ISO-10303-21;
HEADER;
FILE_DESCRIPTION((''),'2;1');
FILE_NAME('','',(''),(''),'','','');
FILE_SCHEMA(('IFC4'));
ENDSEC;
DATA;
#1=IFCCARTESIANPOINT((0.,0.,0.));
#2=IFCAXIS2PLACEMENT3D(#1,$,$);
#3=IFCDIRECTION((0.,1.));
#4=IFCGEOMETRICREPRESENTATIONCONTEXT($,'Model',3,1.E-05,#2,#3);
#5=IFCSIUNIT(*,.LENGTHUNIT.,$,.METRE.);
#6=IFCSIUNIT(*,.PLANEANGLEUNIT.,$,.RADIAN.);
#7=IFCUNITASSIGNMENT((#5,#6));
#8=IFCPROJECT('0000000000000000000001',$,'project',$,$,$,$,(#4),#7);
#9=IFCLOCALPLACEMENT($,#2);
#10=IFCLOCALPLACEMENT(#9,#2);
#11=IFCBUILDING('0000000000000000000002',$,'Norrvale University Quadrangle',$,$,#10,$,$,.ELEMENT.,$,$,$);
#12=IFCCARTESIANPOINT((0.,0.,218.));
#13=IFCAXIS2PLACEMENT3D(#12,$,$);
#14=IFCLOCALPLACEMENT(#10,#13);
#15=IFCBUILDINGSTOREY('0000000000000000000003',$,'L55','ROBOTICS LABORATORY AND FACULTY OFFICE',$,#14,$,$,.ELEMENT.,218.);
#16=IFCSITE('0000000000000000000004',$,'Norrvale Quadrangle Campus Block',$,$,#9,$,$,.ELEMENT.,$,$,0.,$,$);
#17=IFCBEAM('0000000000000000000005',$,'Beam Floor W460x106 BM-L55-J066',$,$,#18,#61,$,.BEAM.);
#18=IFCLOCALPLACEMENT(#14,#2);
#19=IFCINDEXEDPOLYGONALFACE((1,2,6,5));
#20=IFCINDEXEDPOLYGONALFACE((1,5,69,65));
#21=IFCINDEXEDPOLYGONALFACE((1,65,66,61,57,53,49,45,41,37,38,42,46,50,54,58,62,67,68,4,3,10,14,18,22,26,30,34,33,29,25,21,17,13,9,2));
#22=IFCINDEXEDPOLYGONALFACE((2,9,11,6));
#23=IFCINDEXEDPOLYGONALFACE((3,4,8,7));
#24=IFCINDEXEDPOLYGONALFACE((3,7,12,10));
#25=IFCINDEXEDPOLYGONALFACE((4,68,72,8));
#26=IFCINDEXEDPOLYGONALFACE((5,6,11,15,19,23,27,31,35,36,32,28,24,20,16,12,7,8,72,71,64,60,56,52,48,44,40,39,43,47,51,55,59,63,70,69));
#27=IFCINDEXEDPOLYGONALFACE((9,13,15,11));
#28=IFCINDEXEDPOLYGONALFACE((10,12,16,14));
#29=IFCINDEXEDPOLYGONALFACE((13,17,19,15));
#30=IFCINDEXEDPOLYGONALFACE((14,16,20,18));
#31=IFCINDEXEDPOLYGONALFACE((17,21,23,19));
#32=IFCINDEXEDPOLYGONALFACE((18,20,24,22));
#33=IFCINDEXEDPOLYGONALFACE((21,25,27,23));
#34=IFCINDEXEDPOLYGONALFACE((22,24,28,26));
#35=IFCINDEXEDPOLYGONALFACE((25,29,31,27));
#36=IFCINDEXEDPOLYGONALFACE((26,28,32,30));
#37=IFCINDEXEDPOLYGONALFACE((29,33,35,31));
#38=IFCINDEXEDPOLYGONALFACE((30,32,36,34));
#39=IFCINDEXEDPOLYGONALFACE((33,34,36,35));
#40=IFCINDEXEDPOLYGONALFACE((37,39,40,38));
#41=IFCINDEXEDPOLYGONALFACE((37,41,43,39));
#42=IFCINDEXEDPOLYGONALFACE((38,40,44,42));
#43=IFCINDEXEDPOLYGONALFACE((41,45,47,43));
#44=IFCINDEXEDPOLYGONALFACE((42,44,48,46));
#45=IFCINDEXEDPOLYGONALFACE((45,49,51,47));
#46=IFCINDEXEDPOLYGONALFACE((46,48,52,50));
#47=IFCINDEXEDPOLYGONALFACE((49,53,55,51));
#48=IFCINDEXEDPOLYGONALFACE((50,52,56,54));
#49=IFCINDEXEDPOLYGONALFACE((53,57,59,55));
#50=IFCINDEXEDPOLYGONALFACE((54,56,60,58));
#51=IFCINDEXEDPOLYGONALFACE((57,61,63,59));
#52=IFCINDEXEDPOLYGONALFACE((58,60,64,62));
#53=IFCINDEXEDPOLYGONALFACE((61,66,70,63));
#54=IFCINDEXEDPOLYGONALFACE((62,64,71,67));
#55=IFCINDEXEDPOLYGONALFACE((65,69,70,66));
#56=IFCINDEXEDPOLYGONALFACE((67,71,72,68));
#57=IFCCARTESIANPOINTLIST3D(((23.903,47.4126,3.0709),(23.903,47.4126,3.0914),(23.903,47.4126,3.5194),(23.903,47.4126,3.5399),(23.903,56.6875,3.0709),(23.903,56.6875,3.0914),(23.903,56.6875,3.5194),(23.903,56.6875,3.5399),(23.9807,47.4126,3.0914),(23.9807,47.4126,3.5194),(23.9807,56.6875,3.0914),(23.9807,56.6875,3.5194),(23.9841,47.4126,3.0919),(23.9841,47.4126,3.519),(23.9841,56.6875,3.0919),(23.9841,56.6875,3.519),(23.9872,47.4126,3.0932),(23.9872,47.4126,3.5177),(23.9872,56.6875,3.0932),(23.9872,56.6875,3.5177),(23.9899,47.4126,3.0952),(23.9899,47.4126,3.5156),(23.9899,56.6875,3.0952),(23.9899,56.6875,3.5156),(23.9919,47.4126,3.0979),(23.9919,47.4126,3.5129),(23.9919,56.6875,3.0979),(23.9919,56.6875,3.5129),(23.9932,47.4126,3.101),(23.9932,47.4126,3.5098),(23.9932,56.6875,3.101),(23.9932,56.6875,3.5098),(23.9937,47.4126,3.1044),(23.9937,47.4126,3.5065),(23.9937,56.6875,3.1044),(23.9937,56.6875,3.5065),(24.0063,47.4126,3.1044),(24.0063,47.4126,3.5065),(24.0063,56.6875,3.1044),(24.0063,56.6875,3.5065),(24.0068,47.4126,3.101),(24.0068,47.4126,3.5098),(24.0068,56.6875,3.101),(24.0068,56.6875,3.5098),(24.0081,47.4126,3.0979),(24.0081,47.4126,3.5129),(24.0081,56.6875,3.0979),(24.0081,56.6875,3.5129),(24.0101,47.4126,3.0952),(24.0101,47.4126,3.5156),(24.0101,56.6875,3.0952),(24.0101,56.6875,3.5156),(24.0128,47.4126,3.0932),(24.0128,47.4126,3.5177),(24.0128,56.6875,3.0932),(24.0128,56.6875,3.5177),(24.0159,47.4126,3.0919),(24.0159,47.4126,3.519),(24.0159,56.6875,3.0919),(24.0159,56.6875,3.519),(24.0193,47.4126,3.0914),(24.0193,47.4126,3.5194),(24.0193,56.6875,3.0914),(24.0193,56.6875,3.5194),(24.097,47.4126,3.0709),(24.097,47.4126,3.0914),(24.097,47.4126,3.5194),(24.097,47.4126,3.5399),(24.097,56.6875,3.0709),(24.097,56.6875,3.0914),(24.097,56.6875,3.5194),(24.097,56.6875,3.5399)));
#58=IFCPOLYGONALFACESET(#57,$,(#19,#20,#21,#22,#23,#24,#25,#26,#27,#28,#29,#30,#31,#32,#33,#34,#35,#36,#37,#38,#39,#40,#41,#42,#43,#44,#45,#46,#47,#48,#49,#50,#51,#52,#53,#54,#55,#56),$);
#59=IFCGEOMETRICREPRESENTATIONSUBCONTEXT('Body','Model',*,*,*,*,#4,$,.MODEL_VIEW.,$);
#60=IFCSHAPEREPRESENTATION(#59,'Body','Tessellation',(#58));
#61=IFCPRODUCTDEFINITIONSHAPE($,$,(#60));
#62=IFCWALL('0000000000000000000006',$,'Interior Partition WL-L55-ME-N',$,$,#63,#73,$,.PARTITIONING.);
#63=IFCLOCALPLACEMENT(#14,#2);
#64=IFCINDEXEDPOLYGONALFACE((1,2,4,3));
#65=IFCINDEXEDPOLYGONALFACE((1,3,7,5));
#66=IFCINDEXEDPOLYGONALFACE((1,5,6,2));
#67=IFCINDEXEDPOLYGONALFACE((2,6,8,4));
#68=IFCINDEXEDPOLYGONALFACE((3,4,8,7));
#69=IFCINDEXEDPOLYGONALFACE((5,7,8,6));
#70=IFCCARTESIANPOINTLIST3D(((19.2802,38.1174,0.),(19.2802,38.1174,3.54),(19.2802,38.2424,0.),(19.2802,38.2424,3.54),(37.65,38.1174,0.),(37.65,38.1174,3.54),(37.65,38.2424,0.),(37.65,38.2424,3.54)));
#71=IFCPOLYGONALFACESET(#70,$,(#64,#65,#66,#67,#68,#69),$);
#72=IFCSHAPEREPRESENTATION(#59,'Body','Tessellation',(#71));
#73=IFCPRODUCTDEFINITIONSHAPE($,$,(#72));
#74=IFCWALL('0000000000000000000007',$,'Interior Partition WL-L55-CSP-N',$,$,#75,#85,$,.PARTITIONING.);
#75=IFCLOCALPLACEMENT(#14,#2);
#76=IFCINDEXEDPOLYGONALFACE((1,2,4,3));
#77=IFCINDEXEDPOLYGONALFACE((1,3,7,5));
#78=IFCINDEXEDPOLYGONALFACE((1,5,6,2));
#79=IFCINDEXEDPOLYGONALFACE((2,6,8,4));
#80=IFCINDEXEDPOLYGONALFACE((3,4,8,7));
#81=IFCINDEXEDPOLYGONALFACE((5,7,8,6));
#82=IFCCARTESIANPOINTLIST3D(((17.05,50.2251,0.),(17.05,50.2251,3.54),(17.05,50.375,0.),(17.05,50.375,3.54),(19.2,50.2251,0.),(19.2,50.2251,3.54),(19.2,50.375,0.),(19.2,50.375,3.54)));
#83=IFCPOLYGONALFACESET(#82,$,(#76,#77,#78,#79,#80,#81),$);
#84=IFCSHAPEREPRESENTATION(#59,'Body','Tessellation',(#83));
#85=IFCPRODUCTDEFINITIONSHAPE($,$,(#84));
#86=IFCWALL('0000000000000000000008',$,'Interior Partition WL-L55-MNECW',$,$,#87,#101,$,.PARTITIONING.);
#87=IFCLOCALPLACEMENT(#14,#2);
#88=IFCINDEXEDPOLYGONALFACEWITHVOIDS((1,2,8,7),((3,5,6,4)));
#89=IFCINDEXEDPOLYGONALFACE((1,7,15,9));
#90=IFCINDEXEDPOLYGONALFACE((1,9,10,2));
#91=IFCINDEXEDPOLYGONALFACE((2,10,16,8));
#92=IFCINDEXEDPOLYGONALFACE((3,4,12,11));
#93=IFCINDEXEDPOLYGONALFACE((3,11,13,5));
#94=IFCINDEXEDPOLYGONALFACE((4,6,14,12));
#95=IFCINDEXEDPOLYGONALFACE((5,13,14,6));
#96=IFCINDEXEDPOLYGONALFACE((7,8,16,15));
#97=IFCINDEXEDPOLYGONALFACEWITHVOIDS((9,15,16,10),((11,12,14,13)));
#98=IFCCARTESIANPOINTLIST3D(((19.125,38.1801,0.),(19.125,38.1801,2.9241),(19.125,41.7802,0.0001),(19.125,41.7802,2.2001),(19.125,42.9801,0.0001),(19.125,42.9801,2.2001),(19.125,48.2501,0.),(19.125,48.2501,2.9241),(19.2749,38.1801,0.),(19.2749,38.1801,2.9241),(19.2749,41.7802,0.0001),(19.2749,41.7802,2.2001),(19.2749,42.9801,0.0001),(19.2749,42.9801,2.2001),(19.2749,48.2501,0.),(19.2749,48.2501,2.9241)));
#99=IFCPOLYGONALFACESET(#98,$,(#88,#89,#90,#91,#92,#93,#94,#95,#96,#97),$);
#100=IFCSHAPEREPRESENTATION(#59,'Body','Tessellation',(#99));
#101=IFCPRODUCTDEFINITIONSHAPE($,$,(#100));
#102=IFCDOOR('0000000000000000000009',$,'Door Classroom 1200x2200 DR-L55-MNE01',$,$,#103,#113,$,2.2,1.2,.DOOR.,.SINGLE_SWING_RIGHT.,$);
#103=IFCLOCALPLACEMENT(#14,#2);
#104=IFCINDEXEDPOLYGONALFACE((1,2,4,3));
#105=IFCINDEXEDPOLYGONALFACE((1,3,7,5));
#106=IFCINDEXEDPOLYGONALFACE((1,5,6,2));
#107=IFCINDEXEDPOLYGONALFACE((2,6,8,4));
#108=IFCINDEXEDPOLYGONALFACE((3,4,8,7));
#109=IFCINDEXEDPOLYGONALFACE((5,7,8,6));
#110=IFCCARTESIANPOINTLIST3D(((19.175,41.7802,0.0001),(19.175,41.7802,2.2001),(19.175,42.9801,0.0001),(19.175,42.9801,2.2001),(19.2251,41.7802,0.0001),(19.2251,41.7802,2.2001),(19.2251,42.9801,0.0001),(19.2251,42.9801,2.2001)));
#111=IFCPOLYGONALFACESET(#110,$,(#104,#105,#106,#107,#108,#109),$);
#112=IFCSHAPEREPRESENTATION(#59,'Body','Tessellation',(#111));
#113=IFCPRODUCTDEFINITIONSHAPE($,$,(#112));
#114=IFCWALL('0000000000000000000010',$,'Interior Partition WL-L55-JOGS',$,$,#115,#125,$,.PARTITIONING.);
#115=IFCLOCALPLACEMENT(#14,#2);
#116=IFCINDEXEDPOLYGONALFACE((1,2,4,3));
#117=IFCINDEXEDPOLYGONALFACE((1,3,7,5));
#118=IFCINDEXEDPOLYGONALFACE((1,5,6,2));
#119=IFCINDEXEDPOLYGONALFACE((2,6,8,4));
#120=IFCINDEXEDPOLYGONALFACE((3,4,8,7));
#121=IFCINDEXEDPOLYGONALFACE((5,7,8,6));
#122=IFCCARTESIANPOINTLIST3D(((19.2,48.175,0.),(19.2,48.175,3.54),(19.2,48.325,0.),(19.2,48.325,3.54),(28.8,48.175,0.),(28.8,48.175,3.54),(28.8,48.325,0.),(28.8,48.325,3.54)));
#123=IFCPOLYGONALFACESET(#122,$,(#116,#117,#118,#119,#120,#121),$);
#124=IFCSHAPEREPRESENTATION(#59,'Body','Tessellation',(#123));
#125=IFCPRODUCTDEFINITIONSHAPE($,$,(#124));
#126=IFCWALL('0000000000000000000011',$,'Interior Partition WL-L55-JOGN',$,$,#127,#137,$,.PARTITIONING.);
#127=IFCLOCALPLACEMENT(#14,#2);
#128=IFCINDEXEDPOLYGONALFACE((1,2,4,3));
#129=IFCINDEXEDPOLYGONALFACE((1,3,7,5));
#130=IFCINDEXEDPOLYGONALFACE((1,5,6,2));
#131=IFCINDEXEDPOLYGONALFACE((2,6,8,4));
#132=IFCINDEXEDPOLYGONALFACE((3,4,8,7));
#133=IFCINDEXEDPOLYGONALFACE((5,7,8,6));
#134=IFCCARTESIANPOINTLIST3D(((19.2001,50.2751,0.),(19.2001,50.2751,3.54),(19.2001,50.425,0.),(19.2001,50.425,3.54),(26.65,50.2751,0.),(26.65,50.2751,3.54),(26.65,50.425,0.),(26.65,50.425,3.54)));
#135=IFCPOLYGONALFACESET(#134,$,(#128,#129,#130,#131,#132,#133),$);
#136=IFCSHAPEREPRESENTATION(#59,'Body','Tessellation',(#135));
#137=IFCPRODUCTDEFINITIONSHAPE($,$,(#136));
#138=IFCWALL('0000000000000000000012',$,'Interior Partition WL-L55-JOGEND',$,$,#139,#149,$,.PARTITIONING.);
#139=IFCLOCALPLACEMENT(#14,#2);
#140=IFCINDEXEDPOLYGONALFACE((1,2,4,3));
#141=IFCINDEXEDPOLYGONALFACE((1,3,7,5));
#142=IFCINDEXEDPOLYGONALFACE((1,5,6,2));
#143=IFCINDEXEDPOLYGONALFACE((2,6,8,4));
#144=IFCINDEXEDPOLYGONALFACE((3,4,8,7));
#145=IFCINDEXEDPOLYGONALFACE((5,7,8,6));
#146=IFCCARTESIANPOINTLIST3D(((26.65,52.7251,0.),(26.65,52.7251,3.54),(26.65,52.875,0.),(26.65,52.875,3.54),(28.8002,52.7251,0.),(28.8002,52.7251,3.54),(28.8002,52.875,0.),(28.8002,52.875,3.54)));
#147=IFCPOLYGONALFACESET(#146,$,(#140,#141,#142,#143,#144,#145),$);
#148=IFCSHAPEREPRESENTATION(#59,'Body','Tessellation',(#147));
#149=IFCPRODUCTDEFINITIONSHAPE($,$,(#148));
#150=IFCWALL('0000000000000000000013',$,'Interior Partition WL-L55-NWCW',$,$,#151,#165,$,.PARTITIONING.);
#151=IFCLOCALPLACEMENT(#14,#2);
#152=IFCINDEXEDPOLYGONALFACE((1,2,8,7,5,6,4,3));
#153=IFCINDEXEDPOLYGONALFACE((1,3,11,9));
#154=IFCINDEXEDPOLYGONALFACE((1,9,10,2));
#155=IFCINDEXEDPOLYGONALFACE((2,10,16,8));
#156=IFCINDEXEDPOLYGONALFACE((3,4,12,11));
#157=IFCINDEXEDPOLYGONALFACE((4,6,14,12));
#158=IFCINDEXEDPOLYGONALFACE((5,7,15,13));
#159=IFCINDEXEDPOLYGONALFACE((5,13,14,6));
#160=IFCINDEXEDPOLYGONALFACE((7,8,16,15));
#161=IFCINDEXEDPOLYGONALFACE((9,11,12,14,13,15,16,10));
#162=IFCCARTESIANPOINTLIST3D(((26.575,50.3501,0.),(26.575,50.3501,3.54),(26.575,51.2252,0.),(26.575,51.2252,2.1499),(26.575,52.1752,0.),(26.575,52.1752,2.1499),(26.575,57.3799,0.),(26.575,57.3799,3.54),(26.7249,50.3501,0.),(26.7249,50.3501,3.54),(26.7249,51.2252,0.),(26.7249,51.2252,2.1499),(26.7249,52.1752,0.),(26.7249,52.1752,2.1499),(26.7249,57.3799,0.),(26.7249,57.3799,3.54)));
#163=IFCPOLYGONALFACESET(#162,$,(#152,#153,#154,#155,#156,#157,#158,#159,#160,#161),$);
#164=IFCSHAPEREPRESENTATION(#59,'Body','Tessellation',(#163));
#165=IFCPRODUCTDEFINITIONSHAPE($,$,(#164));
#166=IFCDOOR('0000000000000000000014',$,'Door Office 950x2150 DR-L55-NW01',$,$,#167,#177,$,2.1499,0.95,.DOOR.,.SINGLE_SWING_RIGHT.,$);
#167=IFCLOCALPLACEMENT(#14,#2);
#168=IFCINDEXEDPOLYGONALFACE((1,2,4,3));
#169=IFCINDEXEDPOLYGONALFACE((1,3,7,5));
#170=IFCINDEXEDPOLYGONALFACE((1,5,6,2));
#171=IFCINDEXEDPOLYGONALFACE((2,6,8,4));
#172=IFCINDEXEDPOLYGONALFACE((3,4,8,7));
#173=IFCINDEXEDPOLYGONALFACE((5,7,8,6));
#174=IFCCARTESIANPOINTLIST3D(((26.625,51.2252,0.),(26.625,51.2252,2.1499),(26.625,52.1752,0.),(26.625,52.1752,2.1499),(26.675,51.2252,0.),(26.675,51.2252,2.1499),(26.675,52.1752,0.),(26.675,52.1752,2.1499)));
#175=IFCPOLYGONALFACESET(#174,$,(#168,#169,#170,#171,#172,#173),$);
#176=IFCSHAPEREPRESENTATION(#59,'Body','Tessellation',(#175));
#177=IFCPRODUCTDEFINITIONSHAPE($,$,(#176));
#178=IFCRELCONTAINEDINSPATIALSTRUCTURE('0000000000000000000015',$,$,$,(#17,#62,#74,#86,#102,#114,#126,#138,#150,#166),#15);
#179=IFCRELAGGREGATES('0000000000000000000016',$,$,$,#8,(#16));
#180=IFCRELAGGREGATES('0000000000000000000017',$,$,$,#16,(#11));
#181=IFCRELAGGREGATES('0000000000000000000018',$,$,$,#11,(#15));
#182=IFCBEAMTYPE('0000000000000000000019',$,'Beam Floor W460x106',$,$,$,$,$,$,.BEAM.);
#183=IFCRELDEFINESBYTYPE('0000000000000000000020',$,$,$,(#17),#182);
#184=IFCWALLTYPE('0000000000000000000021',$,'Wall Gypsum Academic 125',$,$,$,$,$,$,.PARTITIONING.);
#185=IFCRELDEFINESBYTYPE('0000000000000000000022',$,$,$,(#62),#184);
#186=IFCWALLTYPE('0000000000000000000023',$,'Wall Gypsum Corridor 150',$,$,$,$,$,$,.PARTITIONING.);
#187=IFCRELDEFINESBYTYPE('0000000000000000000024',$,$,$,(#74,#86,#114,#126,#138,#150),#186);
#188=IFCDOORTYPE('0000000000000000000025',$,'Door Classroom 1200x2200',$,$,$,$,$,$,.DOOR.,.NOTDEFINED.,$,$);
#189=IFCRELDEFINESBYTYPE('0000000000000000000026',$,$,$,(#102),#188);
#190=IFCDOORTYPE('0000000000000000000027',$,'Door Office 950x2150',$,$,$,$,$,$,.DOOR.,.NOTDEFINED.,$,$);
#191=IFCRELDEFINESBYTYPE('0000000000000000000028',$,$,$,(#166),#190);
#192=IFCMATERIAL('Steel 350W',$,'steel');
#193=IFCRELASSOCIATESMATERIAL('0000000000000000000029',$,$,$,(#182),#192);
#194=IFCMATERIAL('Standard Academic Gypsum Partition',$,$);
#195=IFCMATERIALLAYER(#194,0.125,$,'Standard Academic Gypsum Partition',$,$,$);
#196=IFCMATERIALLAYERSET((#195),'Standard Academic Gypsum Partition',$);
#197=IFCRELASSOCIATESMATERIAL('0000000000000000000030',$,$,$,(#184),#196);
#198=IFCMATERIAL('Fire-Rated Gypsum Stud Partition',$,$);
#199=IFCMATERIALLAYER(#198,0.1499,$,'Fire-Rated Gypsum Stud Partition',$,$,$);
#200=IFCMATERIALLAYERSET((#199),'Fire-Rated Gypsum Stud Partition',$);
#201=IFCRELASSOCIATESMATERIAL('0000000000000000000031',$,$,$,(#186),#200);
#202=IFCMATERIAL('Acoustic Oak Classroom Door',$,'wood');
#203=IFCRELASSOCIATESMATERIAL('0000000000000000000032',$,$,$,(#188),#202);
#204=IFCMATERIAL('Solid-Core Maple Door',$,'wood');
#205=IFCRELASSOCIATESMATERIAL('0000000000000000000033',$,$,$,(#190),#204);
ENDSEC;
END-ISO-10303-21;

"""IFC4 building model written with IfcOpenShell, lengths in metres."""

from ifc_helpers import new_model, si_unit, direction, frame, frame_2d, origin, origin_2d, place, context, subcontext, project, spatial, rectangle, i_section, extrude, material, layer, layer_set, material_profile, profile_set, type_object, element, fill, save


model = new_model("IFC4")

# Units and contexts
model_context = context("Model", 3, precision=1e-05, world=origin(), true_north=direction((0.0, 1.0)))
body_context = subcontext(model_context, "Body", "Model", "MODEL_VIEW")
ifc_project = project(units=[si_unit("LENGTHUNIT", "METRE"), si_unit("PLANEANGLEUNIT", "RADIAN")], contexts=[model_context])

# Site, building, storey
site_placement = place(None, origin())
site = spatial("IfcSite", under=ifc_project, at=site_placement, Name="Norrvale Quadrangle Campus Block", CompositionType="ELEMENT", RefElevation=0.0)
building_placement = place(site_placement, origin())
building = spatial("IfcBuilding", under=site, at=building_placement, Name="Norrvale University Quadrangle", CompositionType="ELEMENT")
storey_placement = place(building_placement, frame((0.0, 0.0, 218.0)))
storey = spatial("IfcBuildingStorey", under=building, at=storey_placement, Name="L55", Description="ROBOTICS LABORATORY AND FACULTY OFFICE", CompositionType="ELEMENT", Elevation=218.0)

# Beam
ifc_material_1 = material(Name="Steel 350W", Category="steel")
ifc_material_profile_1 = material_profile(ifc_material_1, i_section(OverallWidth=0.1941, OverallDepth=0.469, WebThickness=0.0127, FlangeThickness=0.0205, FilletRadius=0.0129, at=origin_2d()), Name="Steel 350W")
ifc_profile_set_1 = profile_set([ifc_material_profile_1], Name="Steel 350W")
beam_type_1 = type_object("IfcBeamType", Name="Beam Floor W460x106", PredefinedType="BEAM", material=ifc_profile_set_1)
for number, where, z_axis, x_axis, name in (
    (1, (24.0, 47.4126, 3.3054), (0.0, 1.0, 0.0), (-1.0, 0.0, 0.0), "Beam Floor W460x106 BM-L55-J066"),
):
    element("IfcBeam", number, at=place(storey_placement, frame(where, z_axis=z_axis, x_axis=x_axis)), inside=storey, type_object=beam_type_1, Name=name, PredefinedType="BEAM", context=body_context, shape_type="SweptSolid", body=[
        extrude(i_section(OverallWidth=0.1941, OverallDepth=0.469, WebThickness=0.0127, FlangeThickness=0.0205, FilletRadius=0.0129, at=origin_2d()), origin(), (0.0, 0.0, 1.0), 9.2749),
    ])

# Walls
ifc_material_2 = material(Name="Standard Academic Gypsum Partition")
ifc_layer_1 = layer(ifc_material_2, 0.125, Name="Standard Academic Gypsum Partition")
ifc_layer_set_1 = layer_set([ifc_layer_1], Name="Standard Academic Gypsum Partition")
wall_type_1 = type_object("IfcWallType", Name="Wall Gypsum Academic 125", PredefinedType="PARTITIONING", material=ifc_layer_set_1)
wall_1_placement = place(storey_placement, frame((19.28, 38.1799, 0.0), z_axis=(0.0, 0.0, 1.0), x_axis=(1.0, 0.0, 0.0)))
element("IfcWall", 2, at=wall_1_placement, inside=storey, type_object=wall_type_1, Name="Interior Partition WL-L55-ME-N", PredefinedType="PARTITIONING", context=body_context, shape_type="SweptSolid", body=[
    extrude(rectangle(XDim=18.3699, YDim=0.125, at=frame_2d((9.1851, 0.0))), origin(), (0.0, 0.0, 1.0), 3.54),
])
ifc_material_3 = material(Name="Fire-Rated Gypsum Stud Partition")
ifc_layer_2 = layer(ifc_material_3, 0.1499, Name="Fire-Rated Gypsum Stud Partition")
ifc_layer_set_2 = layer_set([ifc_layer_2], Name="Fire-Rated Gypsum Stud Partition")
wall_type_2 = type_object("IfcWallType", Name="Wall Gypsum Corridor 150", PredefinedType="PARTITIONING", material=ifc_layer_set_2)
wall_2_placement = place(storey_placement, frame((17.05, 50.3, 0.0), z_axis=(0.0, 0.0, 1.0), x_axis=(1.0, 0.0, 0.0)))
element("IfcWall", 3, at=wall_2_placement, inside=storey, type_object=wall_type_2, Name="Interior Partition WL-L55-CSP-N", PredefinedType="PARTITIONING", context=body_context, shape_type="SweptSolid", body=[
    extrude(rectangle(XDim=2.1499, YDim=0.1499, at=frame_2d((1.075, 0.0))), origin(), (0.0, 0.0, 1.0), 3.54),
])

# Wall, opening, door
wall_3_placement = place(storey_placement, frame((19.2, 38.1799, 0.0), z_axis=(0.0, 0.0, 1.0), x_axis=(0.0, 1.0, 0.0)))
wall_3 = element("IfcWall", 4, at=wall_3_placement, inside=storey, type_object=wall_type_2, Name="Interior Partition WL-L55-MNECW", PredefinedType="PARTITIONING", context=body_context, shape_type="SweptSolid", body=[
    extrude(rectangle(XDim=10.0701, YDim=0.1499, at=frame_2d((5.0352, 0.0))), origin(), (0.0, 0.0, 1.0), 2.9241),
])
opening_1_placement = place(wall_3_placement, frame((3.6001, 0.0, 0.0)))
opening_1 = element("IfcOpeningElement", 5, at=opening_1_placement, cuts=wall_3, PredefinedType="OPENING", context=body_context, shape_type="SweptSolid", body=[
    extrude(rectangle(XDim=1.2, YDim=2.2, at=frame_2d((0.6001, 1.1001))), frame((0.0, 0.0869, 0.0), z_axis=(0.0, -1.0, 0.0), x_axis=(1.0, 0.0, 0.0)), (0.0, 0.0, 1.0), 0.1738),
])
ifc_material_4 = material(Name="Acoustic Oak Classroom Door", Category="wood")
door_type_1 = type_object("IfcDoorType", Name="Door Classroom 1200x2200", OperationType="NOTDEFINED", PredefinedType="DOOR", material=ifc_material_4)
door_1_placement = place(opening_1_placement, origin())
door_1 = element("IfcDoor", 6, at=door_1_placement, inside=storey, type_object=door_type_1, Name="Door Classroom 1200x2200 DR-L55-MNE01", OperationType="SINGLE_SWING_RIGHT", OverallHeight=2.2, OverallWidth=1.2, PredefinedType="DOOR", context=body_context, shape_type="SweptSolid", body=[
    extrude(rectangle(XDim=1.2, YDim=2.2, at=frame_2d((0.6001, 1.1001))), frame((0.0, 0.0249, 0.0), z_axis=(0.0, -1.0, 0.0), x_axis=(1.0, 0.0, 0.0)), (0.0, 0.0, 1.0), 0.05),
])
fill(opening_1, door_1)

# Walls
wall_4_placement = place(storey_placement, frame((19.2, 48.25, 0.0), z_axis=(0.0, 0.0, 1.0), x_axis=(1.0, 0.0, 0.0)))
element("IfcWall", 7, at=wall_4_placement, inside=storey, type_object=wall_type_2, Name="Interior Partition WL-L55-JOGS", PredefinedType="PARTITIONING", context=body_context, shape_type="SweptSolid", body=[
    extrude(rectangle(XDim=9.6001, YDim=0.1499, at=frame_2d((4.8, 0.0))), origin(), (0.0, 0.0, 1.0), 3.54),
])
wall_5_placement = place(storey_placement, frame((19.2, 50.3501, 0.0), z_axis=(0.0, 0.0, 1.0), x_axis=(1.0, 0.0, 0.0)))
element("IfcWall", 8, at=wall_5_placement, inside=storey, type_object=wall_type_2, Name="Interior Partition WL-L55-JOGN", PredefinedType="PARTITIONING", context=body_context, shape_type="SweptSolid", body=[
    extrude(rectangle(XDim=7.45, YDim=0.1499, at=frame_2d((3.7251, 0.0))), origin(), (0.0, 0.0, 1.0), 3.54),
])
wall_6_placement = place(storey_placement, frame((26.6499, 52.8, 0.0), z_axis=(0.0, 0.0, 1.0), x_axis=(1.0, 0.0, 0.0)))
element("IfcWall", 9, at=wall_6_placement, inside=storey, type_object=wall_type_2, Name="Interior Partition WL-L55-JOGEND", PredefinedType="PARTITIONING", context=body_context, shape_type="SweptSolid", body=[
    extrude(rectangle(XDim=2.1501, YDim=0.1499, at=frame_2d((1.0752, 0.0))), origin(), (0.0, 0.0, 1.0), 3.54),
])

# Wall, opening, door
wall_7_placement = place(storey_placement, frame((26.6499, 50.3501, 0.0), z_axis=(0.0, 0.0, 1.0), x_axis=(0.0, 1.0, 0.0)))
wall_7 = element("IfcWall", 10, at=wall_7_placement, inside=storey, type_object=wall_type_2, Name="Interior Partition WL-L55-NWCW", PredefinedType="PARTITIONING", context=body_context, shape_type="SweptSolid", body=[
    extrude(rectangle(XDim=7.0298, YDim=0.1499, at=frame_2d((3.5149, 0.0))), origin(), (0.0, 0.0, 1.0), 3.54),
])
opening_2_placement = place(wall_7_placement, frame((0.875, 0.0, 0.0)))
opening_2 = element("IfcOpeningElement", 11, at=opening_2_placement, cuts=wall_7, PredefinedType="OPENING", context=body_context, shape_type="SweptSolid", body=[
    extrude(rectangle(XDim=0.95, YDim=2.1499, at=frame_2d((0.4751, 1.075))), frame((0.0, 0.0869, 0.0), z_axis=(0.0, -1.0, 0.0), x_axis=(1.0, 0.0, 0.0)), (0.0, 0.0, 1.0), 0.1738),
])
ifc_material_5 = material(Name="Solid-Core Maple Door", Category="wood")
door_type_2 = type_object("IfcDoorType", Name="Door Office 950x2150", OperationType="NOTDEFINED", PredefinedType="DOOR", material=ifc_material_5)
door_2_placement = place(opening_2_placement, origin())
door_2 = element("IfcDoor", 12, at=door_2_placement, inside=storey, type_object=door_type_2, Name="Door Office 950x2150 DR-L55-NW01", OperationType="SINGLE_SWING_RIGHT", OverallHeight=2.1499, OverallWidth=0.95, PredefinedType="DOOR", context=body_context, shape_type="SweptSolid", body=[
    extrude(rectangle(XDim=0.95, YDim=2.1499, at=frame_2d((0.4751, 1.075))), frame((0.0, 0.0249, 0.0), z_axis=(0.0, -1.0, 0.0), x_axis=(1.0, 0.0, 0.0)), (0.0, 0.0, 1.0), 0.05),
])
fill(opening_2, door_2)

save(model, "model.ifc")
